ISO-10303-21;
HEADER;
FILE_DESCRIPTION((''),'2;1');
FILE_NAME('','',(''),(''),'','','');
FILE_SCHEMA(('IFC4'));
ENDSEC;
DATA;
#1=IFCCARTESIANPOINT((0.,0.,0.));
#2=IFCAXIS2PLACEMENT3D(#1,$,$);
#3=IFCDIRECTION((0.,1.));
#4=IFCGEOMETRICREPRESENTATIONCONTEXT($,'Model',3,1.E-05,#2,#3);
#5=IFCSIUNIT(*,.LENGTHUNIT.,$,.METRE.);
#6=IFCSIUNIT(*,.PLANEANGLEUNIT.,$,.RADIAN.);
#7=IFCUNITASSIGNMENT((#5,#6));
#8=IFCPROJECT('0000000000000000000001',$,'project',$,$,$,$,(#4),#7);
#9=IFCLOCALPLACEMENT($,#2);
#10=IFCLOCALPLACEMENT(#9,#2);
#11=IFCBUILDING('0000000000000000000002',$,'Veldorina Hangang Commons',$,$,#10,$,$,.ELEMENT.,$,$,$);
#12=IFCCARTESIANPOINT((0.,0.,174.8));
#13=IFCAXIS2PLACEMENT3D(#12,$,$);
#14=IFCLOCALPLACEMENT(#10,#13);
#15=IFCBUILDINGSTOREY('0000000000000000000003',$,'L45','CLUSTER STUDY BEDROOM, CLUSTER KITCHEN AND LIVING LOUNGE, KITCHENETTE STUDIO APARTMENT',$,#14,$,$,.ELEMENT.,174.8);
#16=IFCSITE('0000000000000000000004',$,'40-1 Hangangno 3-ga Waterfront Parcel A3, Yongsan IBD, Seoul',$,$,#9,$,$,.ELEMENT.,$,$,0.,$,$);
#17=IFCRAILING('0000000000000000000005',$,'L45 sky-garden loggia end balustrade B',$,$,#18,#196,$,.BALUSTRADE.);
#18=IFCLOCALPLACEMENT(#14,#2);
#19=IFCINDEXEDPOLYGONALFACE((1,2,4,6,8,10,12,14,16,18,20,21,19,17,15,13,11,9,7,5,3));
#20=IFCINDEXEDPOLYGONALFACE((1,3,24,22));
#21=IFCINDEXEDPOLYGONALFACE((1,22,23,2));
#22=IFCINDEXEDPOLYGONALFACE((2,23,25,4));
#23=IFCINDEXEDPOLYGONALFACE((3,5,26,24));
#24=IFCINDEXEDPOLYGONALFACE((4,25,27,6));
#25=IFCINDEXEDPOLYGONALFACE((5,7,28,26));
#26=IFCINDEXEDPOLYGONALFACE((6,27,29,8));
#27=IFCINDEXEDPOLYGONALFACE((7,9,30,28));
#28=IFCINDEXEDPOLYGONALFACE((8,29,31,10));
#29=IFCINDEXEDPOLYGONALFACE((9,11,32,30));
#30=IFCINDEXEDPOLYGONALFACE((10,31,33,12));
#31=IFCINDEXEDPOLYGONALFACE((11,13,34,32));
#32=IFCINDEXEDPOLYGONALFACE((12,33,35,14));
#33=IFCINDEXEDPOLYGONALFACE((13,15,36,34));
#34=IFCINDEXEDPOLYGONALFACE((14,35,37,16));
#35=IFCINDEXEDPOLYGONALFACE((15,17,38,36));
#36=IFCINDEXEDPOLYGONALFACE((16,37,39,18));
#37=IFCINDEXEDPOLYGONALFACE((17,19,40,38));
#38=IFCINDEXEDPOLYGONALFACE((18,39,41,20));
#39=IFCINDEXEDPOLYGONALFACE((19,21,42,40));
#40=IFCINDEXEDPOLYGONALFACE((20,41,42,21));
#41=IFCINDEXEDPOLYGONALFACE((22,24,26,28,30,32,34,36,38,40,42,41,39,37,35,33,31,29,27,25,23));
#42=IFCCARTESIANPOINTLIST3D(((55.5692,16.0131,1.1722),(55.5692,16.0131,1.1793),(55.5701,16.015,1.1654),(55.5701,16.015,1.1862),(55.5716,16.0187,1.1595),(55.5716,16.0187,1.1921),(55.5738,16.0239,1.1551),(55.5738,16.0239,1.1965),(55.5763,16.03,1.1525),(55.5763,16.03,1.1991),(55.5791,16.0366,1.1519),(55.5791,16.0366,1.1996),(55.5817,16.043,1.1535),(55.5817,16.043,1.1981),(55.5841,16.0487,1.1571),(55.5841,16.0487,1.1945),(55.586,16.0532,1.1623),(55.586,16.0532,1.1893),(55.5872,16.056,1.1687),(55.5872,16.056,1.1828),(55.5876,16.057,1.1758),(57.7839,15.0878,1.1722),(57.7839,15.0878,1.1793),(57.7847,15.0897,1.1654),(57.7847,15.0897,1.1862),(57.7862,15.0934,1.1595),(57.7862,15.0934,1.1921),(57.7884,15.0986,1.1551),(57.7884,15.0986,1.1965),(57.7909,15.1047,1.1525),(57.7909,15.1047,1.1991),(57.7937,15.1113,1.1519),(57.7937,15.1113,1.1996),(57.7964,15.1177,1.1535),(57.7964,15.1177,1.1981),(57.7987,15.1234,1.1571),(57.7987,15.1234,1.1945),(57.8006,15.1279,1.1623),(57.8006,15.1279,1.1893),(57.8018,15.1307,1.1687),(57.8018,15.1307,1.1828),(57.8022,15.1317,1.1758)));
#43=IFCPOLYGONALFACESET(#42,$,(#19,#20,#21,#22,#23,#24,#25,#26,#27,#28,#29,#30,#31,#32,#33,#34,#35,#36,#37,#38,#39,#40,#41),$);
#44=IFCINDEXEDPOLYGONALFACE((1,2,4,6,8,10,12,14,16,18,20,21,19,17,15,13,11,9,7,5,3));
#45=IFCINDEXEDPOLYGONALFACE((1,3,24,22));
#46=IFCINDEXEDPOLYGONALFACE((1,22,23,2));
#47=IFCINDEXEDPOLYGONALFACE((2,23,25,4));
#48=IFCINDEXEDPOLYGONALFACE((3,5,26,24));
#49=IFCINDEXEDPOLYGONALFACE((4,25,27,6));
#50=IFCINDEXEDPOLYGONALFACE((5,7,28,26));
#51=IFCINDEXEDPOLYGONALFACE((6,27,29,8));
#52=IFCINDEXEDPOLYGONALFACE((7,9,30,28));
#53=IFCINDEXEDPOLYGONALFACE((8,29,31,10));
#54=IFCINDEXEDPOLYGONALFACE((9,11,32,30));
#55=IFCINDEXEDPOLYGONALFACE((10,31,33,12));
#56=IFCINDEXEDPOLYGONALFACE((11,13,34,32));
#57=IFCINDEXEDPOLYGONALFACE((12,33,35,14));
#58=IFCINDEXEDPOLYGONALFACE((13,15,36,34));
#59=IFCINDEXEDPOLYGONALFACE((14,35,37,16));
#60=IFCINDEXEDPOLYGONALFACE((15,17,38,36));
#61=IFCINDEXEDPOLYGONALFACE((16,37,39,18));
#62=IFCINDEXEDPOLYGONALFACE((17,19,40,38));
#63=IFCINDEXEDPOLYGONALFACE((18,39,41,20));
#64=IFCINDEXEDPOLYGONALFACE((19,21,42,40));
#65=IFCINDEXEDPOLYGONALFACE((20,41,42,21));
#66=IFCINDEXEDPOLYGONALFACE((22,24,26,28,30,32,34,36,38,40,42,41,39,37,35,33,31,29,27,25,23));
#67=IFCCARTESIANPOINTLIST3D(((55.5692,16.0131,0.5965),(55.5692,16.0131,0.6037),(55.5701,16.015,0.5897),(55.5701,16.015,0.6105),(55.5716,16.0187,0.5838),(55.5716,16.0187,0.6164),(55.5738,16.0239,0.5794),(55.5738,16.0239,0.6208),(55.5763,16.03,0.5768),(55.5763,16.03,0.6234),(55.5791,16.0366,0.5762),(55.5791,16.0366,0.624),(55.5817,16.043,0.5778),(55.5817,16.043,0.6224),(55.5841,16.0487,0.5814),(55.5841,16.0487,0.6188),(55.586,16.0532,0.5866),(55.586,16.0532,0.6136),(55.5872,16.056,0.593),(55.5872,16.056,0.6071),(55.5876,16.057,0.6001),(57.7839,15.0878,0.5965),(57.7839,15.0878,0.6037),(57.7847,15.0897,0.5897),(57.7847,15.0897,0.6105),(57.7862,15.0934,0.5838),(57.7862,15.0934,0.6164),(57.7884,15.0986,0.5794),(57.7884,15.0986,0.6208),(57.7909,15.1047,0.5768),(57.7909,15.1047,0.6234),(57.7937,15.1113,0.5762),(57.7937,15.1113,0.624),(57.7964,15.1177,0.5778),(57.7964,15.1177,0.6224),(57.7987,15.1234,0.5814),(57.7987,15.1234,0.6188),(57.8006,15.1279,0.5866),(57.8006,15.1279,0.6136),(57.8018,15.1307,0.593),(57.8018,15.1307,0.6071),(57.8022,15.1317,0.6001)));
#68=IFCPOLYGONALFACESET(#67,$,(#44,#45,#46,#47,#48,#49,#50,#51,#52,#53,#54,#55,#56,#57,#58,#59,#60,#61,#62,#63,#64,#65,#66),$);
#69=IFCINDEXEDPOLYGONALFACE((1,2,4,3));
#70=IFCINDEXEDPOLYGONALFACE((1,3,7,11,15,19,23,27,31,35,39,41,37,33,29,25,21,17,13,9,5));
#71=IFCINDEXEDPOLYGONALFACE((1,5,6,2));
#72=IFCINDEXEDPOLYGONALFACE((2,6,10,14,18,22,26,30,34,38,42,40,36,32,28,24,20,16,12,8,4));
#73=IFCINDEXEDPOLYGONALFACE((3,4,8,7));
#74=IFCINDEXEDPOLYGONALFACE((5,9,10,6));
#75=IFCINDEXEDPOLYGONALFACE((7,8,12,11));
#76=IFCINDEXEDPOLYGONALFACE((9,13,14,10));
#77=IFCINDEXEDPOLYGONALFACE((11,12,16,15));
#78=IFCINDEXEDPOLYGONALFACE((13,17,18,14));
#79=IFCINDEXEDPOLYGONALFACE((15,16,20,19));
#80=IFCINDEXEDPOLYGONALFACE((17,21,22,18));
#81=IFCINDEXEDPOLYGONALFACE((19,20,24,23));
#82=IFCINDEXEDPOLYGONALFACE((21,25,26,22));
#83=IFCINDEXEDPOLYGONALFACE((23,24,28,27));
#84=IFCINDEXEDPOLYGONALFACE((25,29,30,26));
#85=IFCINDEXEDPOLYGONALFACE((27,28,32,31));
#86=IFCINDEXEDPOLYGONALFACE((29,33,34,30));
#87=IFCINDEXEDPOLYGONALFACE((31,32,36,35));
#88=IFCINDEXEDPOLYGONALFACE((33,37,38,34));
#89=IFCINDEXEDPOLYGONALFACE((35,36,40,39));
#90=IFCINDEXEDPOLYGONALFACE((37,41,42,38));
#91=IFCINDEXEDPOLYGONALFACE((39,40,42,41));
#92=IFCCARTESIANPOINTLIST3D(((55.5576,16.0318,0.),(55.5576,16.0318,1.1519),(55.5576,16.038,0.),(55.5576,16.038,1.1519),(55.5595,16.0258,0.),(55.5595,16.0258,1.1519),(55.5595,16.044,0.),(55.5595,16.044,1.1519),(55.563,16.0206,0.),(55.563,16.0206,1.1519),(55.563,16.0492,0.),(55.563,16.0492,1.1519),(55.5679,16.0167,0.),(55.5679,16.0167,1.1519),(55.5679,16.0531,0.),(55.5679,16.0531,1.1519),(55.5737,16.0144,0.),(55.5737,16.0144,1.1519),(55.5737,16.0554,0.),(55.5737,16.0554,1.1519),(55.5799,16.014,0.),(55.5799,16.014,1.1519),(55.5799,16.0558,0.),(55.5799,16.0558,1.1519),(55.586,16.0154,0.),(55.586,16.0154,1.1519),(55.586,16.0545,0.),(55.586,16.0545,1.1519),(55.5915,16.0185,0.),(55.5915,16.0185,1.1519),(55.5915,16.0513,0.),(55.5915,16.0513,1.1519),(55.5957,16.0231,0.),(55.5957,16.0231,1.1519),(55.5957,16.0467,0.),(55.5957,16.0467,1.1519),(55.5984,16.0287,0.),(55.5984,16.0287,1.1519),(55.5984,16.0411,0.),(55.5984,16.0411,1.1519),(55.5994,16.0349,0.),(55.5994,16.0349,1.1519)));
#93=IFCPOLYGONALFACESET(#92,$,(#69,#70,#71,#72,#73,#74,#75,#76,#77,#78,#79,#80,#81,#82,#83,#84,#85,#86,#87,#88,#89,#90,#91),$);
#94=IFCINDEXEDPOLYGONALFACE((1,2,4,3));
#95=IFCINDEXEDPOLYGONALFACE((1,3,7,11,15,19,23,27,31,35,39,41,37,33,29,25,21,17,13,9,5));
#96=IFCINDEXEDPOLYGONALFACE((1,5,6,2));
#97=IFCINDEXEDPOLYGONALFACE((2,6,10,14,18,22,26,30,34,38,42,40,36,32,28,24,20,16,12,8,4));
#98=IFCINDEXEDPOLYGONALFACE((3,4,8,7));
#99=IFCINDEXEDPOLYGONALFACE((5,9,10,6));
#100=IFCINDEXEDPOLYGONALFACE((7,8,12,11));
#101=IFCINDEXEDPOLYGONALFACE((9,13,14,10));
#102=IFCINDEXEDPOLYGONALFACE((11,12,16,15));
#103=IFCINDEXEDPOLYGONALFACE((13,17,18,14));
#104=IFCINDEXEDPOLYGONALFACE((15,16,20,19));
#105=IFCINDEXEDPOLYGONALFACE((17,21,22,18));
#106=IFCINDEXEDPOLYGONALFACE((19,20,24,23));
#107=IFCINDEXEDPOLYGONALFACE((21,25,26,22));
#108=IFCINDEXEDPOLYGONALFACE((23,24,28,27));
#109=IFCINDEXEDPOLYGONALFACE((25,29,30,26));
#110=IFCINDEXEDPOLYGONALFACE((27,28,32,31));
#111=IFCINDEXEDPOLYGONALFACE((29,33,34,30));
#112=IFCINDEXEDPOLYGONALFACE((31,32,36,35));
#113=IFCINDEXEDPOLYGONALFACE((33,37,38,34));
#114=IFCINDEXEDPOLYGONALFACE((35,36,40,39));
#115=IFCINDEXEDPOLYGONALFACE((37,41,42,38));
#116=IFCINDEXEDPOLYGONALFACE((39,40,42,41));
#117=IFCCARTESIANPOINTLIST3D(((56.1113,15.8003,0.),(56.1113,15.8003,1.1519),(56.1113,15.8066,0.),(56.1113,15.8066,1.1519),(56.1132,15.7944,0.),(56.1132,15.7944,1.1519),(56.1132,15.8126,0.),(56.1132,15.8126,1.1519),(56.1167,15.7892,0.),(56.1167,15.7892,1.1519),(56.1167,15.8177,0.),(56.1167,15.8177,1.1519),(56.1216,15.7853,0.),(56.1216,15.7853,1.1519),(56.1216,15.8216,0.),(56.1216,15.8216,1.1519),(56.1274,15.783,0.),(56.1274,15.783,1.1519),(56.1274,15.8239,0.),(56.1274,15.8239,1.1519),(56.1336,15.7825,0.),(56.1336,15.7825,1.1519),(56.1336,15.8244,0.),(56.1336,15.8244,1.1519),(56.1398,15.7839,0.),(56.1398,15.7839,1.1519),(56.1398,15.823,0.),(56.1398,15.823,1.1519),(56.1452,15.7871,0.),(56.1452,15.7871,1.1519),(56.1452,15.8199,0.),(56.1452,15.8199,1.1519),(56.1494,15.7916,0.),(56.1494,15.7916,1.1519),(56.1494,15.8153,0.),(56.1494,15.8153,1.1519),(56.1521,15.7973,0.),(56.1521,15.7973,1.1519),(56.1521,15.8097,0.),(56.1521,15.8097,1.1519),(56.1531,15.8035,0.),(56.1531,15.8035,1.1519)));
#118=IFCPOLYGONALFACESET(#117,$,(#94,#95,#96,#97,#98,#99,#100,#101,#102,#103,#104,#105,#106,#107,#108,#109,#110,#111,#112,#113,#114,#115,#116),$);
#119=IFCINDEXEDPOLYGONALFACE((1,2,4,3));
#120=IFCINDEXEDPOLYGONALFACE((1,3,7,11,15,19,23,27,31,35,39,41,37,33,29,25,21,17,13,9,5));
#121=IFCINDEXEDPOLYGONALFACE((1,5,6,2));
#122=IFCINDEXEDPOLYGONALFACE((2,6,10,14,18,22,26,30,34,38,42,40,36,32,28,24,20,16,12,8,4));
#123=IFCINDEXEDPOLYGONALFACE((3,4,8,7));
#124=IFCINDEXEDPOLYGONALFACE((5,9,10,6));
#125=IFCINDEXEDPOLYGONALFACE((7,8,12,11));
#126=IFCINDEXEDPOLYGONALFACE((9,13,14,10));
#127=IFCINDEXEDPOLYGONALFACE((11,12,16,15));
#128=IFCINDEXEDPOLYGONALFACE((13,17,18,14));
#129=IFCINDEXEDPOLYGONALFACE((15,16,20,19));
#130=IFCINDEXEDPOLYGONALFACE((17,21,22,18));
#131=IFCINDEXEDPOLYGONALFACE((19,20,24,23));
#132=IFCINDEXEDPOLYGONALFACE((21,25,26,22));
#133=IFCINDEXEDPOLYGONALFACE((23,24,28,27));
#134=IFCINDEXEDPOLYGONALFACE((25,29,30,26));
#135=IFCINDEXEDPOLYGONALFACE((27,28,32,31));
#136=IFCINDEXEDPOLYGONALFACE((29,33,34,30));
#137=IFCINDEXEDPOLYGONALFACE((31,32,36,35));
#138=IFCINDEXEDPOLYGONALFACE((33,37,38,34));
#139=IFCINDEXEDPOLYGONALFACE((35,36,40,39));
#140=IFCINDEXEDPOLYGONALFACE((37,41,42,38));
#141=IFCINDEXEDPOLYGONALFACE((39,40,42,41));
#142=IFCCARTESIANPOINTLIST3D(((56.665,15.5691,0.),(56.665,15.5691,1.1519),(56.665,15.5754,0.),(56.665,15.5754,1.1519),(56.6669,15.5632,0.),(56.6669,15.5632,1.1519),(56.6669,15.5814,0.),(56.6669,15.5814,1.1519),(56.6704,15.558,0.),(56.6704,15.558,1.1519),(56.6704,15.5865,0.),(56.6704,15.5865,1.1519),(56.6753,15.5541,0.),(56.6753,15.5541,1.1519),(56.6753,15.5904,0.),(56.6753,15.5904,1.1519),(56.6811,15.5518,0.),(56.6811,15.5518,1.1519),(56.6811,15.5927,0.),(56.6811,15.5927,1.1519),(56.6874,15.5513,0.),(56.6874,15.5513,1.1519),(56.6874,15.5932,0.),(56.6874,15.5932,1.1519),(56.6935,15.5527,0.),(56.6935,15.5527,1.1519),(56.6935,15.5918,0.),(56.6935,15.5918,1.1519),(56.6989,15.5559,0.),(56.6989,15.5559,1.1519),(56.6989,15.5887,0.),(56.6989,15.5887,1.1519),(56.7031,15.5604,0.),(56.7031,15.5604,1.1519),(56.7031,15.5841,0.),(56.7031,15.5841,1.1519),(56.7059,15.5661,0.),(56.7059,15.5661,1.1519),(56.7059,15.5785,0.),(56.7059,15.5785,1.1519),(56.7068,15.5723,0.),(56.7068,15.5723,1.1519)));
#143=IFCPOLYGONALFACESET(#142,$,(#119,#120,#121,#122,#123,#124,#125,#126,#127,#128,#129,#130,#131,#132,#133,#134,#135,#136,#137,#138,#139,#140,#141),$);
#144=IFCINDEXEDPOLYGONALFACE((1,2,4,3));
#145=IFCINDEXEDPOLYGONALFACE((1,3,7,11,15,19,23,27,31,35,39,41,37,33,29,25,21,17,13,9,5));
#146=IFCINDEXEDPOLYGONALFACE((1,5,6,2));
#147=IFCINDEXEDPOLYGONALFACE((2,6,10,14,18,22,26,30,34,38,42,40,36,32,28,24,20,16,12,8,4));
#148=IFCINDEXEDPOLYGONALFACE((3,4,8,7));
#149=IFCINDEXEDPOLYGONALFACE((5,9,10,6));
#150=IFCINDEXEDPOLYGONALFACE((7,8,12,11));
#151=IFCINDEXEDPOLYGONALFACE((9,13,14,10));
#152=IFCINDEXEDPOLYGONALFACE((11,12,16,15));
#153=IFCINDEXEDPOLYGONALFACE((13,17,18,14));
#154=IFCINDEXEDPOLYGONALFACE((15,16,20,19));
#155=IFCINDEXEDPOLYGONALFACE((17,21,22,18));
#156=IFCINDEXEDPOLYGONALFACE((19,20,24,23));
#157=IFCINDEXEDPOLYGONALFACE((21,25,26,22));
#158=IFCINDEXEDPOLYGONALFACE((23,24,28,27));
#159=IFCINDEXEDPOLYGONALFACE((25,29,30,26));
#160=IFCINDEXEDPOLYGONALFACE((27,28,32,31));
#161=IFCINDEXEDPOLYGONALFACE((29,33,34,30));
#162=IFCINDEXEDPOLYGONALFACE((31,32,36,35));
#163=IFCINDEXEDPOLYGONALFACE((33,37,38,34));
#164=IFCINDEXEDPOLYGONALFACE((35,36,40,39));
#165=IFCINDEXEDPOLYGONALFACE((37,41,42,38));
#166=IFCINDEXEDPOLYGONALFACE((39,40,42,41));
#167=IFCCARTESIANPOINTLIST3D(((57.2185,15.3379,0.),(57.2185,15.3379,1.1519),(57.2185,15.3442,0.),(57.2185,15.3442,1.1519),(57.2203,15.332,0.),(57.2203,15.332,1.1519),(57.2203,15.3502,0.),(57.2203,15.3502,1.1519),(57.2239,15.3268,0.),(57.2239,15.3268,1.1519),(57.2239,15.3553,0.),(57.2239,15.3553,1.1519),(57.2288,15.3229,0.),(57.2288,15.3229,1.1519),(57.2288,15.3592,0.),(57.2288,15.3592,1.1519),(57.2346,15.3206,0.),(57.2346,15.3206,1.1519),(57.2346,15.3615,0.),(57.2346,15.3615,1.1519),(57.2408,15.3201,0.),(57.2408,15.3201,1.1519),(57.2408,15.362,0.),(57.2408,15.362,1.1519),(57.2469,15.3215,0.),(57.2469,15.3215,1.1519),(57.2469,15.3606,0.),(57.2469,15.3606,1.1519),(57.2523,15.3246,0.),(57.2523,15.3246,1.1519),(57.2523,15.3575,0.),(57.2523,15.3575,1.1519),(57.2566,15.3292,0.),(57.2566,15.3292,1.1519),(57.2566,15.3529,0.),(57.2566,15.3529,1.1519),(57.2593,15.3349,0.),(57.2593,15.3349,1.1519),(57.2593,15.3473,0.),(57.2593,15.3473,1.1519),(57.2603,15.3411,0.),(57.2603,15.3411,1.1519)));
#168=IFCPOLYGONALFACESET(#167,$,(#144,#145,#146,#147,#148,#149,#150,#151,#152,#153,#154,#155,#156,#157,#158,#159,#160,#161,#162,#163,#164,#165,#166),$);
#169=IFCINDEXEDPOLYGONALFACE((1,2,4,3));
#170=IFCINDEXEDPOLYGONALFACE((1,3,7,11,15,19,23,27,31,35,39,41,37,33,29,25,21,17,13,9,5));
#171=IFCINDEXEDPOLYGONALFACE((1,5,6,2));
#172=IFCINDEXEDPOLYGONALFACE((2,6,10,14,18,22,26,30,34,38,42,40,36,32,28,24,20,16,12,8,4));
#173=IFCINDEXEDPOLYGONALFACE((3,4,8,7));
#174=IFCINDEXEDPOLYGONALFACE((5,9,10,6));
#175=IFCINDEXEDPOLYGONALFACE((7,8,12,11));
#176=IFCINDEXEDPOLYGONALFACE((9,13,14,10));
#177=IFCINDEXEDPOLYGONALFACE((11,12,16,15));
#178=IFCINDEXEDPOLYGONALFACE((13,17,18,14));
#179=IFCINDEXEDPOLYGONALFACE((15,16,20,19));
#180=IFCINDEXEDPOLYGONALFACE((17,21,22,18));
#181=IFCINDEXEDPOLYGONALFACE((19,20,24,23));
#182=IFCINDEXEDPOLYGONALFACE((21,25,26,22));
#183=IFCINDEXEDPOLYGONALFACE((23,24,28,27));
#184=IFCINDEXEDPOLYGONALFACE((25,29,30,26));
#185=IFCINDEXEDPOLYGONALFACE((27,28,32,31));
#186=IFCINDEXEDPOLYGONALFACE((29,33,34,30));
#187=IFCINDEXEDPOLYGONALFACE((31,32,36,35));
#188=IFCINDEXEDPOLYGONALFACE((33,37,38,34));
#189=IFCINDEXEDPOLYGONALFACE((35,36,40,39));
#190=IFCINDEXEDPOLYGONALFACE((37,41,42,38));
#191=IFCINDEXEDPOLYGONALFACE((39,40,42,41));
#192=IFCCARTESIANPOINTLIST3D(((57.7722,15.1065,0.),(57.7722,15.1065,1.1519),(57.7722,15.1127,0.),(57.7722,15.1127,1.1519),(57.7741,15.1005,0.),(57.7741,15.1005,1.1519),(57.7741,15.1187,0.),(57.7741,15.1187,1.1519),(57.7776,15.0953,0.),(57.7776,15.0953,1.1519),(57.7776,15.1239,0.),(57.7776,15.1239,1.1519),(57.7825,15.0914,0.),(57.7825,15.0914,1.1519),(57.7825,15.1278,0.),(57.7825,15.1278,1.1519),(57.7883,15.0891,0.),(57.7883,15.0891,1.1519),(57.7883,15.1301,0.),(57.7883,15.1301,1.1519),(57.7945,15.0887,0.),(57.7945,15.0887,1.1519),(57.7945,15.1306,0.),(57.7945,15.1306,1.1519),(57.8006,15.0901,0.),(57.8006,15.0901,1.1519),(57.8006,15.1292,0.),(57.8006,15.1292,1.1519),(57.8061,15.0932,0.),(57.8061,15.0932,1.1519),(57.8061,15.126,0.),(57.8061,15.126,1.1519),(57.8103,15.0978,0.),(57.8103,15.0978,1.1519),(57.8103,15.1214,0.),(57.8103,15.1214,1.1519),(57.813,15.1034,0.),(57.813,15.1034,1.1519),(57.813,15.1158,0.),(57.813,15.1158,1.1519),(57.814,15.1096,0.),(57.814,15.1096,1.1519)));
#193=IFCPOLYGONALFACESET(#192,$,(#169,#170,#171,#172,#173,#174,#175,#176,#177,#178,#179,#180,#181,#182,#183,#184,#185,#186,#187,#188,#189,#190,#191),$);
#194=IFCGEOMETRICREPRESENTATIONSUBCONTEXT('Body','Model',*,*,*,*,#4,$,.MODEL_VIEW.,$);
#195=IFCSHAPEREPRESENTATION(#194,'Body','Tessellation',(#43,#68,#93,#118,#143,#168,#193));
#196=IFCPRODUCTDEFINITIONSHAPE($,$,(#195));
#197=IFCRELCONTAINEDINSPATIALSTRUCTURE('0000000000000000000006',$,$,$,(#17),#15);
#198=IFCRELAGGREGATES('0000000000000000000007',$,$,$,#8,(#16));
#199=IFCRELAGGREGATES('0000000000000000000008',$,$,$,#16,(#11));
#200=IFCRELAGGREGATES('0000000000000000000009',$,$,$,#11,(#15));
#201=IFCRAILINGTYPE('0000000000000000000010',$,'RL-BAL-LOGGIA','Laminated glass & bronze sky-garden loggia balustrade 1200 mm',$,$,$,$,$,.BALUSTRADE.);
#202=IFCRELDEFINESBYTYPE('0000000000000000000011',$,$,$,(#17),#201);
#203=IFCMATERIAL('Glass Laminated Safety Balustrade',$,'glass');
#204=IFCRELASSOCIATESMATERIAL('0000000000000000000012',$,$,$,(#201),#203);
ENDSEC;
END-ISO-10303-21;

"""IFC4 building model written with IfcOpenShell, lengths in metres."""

from ifc_helpers import new_model, si_unit, direction, frame, origin, origin_2d, place, context, subcontext, project, spatial, circle, extrude, material, type_object, element, save


model = new_model("IFC4")

# Units and contexts
model_context = context("Model", 3, precision=1e-05, world=origin(), true_north=direction((0.0, 1.0)))
body_context = subcontext(model_context, "Body", "Model", "MODEL_VIEW")
ifc_project = project(units=[si_unit("LENGTHUNIT", "METRE"), si_unit("PLANEANGLEUNIT", "RADIAN")], contexts=[model_context])

# Site, building, storey
site_placement = place(None, origin())
site = spatial("IfcSite", under=ifc_project, at=site_placement, Name="40-1 Hangangno 3-ga Waterfront Parcel A3, Yongsan IBD, Seoul", CompositionType="ELEMENT", RefElevation=0.0)
building_placement = place(site_placement, origin())
building = spatial("IfcBuilding", under=site, at=building_placement, Name="Veldorina Hangang Commons", CompositionType="ELEMENT")
storey_placement = place(building_placement, frame((0.0, 0.0, 174.8)))
storey = spatial("IfcBuildingStorey", under=building, at=storey_placement, Name="L45", Description="CLUSTER STUDY BEDROOM, CLUSTER KITCHEN AND LIVING LOUNGE, KITCHENETTE STUDIO APARTMENT", CompositionType="ELEMENT", Elevation=174.8)

# Railing
ifc_material_1 = material(Name="Glass Laminated Safety Balustrade", Category="glass")
railing_type = type_object("IfcRailingType", Name="RL-BAL-LOGGIA", Description="Laminated glass & bronze sky-garden loggia balustrade 1200 mm", PredefinedType="BALUSTRADE", material=ifc_material_1)
railing_1_placement = place(storey_placement, frame((55.5784, 16.0349, 0.0)))
element("IfcRailing", 1, at=railing_1_placement, inside=storey, type_object=railing_type, Name="L45 sky-garden loggia end balustrade B", PredefinedType="BALUSTRADE", context=body_context, shape_type="SweptSolid", body=[
    extrude(circle(Radius=0.0239, at=origin_2d()), frame((0.0, 0.0, 1.1758), z_axis=(0.9227, -0.385518, 0.0), x_axis=(0.385518, 0.9227, 0.0)), (0.0, 0.0, 1.0), 2.4001),
    extrude(circle(Radius=0.0239, at=origin_2d()), frame((0.0, 0.0, 0.6001), z_axis=(0.9227, -0.385518, 0.0), x_axis=(0.385518, 0.9227, 0.0)), (0.0, 0.0, 1.0), 2.4001),
    extrude(circle(Radius=0.021, at=origin_2d()), origin(), (0.0, 0.0, 1.0), 1.1519),
    extrude(circle(Radius=0.021, at=origin_2d()), frame((0.5537, -0.2314, 0.0)), (0.0, 0.0, 1.0), 1.1519),
    extrude(circle(Radius=0.021, at=origin_2d()), frame((1.1074, -0.4626, 0.0)), (0.0, 0.0, 1.0), 1.1519),
    extrude(circle(Radius=0.021, at=origin_2d()), frame((1.6609, -0.6938, 0.0)), (0.0, 0.0, 1.0), 1.1519),
    extrude(circle(Radius=0.021, at=origin_2d()), frame((2.2146, -0.9253, 0.0)), (0.0, 0.0, 1.0), 1.1519),
])

save(model, "model.ifc")
